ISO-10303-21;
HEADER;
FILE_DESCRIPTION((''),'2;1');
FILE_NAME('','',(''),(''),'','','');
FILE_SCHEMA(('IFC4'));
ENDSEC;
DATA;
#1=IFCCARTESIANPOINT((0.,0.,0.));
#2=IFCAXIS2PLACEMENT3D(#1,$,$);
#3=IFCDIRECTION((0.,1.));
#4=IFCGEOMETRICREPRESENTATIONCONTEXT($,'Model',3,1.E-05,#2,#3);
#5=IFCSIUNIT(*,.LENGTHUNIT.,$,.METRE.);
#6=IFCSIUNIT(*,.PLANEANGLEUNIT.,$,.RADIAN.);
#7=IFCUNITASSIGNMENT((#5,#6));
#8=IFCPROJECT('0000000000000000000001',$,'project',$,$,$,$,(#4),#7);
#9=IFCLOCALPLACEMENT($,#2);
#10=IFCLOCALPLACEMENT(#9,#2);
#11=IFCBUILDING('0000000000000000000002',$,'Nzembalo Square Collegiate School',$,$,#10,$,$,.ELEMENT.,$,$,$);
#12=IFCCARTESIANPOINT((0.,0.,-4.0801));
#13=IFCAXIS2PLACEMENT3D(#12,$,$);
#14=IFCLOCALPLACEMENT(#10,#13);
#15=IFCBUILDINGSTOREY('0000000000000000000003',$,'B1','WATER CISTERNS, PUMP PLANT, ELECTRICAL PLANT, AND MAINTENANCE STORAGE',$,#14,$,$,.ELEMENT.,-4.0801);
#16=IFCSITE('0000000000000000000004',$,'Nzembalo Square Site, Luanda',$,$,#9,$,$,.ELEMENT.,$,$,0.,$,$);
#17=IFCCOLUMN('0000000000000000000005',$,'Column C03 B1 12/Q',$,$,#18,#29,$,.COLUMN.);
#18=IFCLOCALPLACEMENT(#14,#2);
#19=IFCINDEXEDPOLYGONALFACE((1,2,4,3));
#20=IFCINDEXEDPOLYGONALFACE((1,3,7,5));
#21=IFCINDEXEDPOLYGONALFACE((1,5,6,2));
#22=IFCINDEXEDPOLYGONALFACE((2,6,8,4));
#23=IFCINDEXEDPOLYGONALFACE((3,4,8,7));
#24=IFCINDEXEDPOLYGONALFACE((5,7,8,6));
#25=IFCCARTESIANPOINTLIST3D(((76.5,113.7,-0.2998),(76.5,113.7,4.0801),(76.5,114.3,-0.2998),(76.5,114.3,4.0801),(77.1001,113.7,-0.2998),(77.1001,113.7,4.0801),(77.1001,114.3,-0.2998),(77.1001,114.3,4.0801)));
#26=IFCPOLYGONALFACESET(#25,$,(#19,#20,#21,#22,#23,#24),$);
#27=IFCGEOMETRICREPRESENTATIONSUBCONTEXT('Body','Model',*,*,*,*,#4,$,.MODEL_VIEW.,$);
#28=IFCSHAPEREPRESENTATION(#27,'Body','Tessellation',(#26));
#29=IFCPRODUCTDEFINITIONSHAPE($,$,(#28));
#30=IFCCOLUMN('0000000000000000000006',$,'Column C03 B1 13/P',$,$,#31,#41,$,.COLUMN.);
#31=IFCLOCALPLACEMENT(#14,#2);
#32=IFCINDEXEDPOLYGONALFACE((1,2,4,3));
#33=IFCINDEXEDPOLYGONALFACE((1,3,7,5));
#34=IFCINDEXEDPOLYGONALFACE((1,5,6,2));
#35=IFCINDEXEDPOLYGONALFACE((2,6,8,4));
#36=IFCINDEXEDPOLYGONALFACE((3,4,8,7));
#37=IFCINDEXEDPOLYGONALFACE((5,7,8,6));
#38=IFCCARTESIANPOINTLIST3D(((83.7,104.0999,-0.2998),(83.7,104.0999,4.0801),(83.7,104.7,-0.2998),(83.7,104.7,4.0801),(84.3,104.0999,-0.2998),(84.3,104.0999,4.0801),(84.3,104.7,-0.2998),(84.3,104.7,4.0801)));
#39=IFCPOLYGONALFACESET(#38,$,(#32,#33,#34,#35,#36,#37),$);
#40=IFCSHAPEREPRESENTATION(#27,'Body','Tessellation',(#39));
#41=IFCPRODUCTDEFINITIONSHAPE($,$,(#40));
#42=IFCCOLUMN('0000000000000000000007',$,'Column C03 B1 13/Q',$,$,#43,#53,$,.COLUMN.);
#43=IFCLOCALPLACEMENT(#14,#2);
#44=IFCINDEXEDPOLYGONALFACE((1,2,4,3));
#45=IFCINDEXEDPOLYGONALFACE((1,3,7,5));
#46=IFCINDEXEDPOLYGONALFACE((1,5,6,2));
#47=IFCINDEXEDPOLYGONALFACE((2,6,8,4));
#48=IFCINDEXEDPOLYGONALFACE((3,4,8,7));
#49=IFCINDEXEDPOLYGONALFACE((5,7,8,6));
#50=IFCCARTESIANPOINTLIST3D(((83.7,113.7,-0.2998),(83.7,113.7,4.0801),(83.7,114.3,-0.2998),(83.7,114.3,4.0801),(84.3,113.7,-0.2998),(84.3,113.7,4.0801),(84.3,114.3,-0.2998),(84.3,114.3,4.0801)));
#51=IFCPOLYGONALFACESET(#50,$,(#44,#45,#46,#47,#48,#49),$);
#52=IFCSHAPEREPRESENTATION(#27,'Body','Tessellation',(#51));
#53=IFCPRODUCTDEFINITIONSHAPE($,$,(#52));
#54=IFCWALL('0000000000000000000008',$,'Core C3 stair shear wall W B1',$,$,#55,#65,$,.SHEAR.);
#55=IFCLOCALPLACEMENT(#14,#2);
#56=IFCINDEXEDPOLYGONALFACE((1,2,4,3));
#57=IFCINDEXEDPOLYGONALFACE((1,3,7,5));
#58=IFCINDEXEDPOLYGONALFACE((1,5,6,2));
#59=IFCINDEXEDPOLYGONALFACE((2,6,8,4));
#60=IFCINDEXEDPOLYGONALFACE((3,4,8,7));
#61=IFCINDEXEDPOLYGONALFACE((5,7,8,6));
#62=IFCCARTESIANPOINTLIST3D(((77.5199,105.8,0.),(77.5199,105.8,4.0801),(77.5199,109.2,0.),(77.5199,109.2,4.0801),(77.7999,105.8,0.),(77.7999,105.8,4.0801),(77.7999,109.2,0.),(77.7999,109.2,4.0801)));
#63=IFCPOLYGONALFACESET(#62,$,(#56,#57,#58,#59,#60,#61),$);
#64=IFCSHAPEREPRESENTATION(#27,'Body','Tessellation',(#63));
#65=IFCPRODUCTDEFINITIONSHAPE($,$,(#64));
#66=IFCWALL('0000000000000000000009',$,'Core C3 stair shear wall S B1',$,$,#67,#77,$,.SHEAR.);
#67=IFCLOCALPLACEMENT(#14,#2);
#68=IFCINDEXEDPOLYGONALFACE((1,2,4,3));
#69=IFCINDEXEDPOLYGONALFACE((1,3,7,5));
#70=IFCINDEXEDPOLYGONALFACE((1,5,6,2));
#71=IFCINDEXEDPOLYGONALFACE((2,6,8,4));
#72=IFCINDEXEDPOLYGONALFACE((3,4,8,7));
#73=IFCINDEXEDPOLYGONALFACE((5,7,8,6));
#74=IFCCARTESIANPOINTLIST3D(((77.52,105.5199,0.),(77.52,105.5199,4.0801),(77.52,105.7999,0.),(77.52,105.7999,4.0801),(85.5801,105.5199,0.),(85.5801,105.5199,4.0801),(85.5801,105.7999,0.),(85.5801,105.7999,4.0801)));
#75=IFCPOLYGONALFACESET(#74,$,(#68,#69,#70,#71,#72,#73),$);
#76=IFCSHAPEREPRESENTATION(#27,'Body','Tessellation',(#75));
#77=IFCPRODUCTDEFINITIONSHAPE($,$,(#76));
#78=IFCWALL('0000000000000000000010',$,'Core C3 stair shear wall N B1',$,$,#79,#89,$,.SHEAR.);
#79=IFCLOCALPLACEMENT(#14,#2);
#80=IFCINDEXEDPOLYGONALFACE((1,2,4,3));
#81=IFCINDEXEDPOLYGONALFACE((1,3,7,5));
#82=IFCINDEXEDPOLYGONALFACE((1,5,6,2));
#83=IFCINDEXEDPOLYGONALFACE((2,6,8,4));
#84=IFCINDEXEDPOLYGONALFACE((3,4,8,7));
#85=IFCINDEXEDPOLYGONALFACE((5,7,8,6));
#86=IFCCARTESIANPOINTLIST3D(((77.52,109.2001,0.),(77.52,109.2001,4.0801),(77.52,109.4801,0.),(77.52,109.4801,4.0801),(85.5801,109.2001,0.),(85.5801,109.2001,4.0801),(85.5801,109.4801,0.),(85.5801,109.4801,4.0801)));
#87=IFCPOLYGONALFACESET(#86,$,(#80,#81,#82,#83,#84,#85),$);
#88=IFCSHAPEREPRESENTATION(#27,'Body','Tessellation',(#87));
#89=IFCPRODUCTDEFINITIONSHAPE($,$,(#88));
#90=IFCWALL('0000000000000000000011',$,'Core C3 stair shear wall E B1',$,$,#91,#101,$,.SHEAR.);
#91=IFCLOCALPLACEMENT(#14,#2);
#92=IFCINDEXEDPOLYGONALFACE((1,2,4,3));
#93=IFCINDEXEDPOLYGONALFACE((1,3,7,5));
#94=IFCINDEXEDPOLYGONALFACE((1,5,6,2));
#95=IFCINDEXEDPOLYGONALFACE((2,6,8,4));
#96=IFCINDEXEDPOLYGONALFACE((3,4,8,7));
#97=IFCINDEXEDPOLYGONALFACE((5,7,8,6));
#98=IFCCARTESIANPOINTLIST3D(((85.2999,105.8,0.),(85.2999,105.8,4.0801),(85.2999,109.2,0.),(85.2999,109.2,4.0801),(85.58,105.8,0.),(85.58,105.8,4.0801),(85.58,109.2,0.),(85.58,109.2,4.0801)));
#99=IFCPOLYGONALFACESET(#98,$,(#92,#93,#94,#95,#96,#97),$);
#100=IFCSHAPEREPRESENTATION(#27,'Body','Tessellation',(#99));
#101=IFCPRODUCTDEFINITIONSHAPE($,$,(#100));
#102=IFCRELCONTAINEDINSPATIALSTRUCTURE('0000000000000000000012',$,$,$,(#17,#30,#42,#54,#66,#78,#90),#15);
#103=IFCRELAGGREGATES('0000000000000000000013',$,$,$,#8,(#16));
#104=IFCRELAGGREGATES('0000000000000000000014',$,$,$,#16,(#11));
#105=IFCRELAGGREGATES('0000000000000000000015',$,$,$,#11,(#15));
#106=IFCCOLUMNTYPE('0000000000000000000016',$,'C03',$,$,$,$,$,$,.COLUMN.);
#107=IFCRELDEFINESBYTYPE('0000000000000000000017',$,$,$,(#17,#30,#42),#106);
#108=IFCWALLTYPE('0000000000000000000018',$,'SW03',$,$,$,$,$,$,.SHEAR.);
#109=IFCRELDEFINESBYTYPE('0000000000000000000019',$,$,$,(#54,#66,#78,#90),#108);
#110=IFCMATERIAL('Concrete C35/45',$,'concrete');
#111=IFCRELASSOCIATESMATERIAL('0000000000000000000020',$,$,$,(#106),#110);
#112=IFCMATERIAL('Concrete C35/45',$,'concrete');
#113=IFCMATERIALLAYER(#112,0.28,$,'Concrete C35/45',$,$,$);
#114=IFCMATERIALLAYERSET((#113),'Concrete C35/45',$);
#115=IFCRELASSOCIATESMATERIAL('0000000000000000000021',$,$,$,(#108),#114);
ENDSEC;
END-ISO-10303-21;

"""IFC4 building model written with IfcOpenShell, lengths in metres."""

from ifc_helpers import new_model, si_unit, direction, frame, frame_2d, origin, origin_2d, place, context, subcontext, project, spatial, rectangle, extrude, material, layer, layer_set, material_profile, profile_set, type_object, element, save


model = new_model("IFC4")

# Units and contexts
model_context = context("Model", 3, precision=1e-05, world=origin(), true_north=direction((0.0, 1.0)))
body_context = subcontext(model_context, "Body", "Model", "MODEL_VIEW")
ifc_project = project(units=[si_unit("LENGTHUNIT", "METRE"), si_unit("PLANEANGLEUNIT", "RADIAN")], contexts=[model_context])

# Site, building, storey
site_placement = place(None, origin())
site = spatial("IfcSite", under=ifc_project, at=site_placement, Name="Nzembalo Square Site, Luanda", CompositionType="ELEMENT", RefElevation=0.0)
building_placement = place(site_placement, origin())
building = spatial("IfcBuilding", under=site, at=building_placement, Name="Nzembalo Square Collegiate School", CompositionType="ELEMENT")
storey_placement = place(building_placement, frame((0.0, 0.0, -4.0801)))
storey = spatial("IfcBuildingStorey", under=building, at=storey_placement, Name="B1", Description="WATER CISTERNS, PUMP PLANT, ELECTRICAL PLANT, AND MAINTENANCE STORAGE", CompositionType="ELEMENT", Elevation=-4.0801)

# Columns
ifc_material_1 = material(Name="Concrete C35/45", Category="concrete")
ifc_material_profile_1 = material_profile(ifc_material_1, rectangle(XDim=0.6001, YDim=0.6001, at=origin_2d()), Name="RC 600x600")
ifc_profile_set_1 = profile_set([ifc_material_profile_1], Name="Concrete C35/45")
column_type = type_object("IfcColumnType", Name="C03", PredefinedType="COLUMN", material=ifc_profile_set_1)
for number, where, z_axis, x_axis, name in (
    (1, (76.8, 114.0, -0.2998), (0.0, 0.0, 1.0), (1.0, 0.0, 0.0), "Column C03 B1 12/Q"),
    (2, (84.0, 104.3999, -0.2998), (0.0, 0.0, 1.0), (1.0, 0.0, 0.0), "Column C03 B1 13/P"),
    (3, (84.0, 114.0, -0.2998), (0.0, 0.0, 1.0), (1.0, 0.0, 0.0), "Column C03 B1 13/Q"),
):
    element("IfcColumn", number, at=place(storey_placement, frame(where, z_axis=z_axis, x_axis=x_axis)), inside=storey, type_object=column_type, Name=name, PredefinedType="COLUMN", context=body_context, shape_type="SweptSolid", body=[
        extrude(rectangle(XDim=0.6001, YDim=0.6001, at=origin_2d()), origin(), (0.0, 0.0, 1.0), 4.3799),
    ])

# Walls
ifc_material_2 = material(Name="Concrete C35/45", Category="concrete")
ifc_layer = layer(ifc_material_2, 0.28, Name="Concrete C35/45")
ifc_layer_set = layer_set([ifc_layer], Name="Concrete C35/45")
wall_type = type_object("IfcWallType", Name="SW03", PredefinedType="SHEAR", material=ifc_layer_set)
wall_1_placement = place(storey_placement, frame((77.6599, 105.8, 0.0), z_axis=(0.0, 0.0, 1.0), x_axis=(0.0, 1.0, 0.0)))
element("IfcWall", 4, at=wall_1_placement, inside=storey, type_object=wall_type, Name="Core C3 stair shear wall W B1", PredefinedType="SHEAR", context=body_context, shape_type="SweptSolid", body=[
    extrude(rectangle(XDim=3.3999, YDim=0.28, at=frame_2d((1.7, 0.0))), origin(), (0.0, 0.0, 1.0), 4.0801),
])
for number, where, z_axis, x_axis, name in (
    (5, (77.52, 105.6599, 0.0), (0.0, 0.0, 1.0), (1.0, 0.0, 0.0), "Core C3 stair shear wall S B1"),
    (6, (77.52, 109.3401, 0.0), (0.0, 0.0, 1.0), (1.0, 0.0, 0.0), "Core C3 stair shear wall N B1"),
):
    element("IfcWall", number, at=place(storey_placement, frame(where, z_axis=z_axis, x_axis=x_axis)), inside=storey, type_object=wall_type, Name=name, PredefinedType="SHEAR", context=body_context, shape_type="SweptSolid", body=[
        extrude(rectangle(XDim=8.0601, YDim=0.28, at=frame_2d((4.03, 0.0))), origin(), (0.0, 0.0, 1.0), 4.0801),
    ])
wall_2_placement = place(storey_placement, frame((85.4399, 105.8, 0.0), z_axis=(0.0, 0.0, 1.0), x_axis=(0.0, 1.0, 0.0)))
element("IfcWall", 7, at=wall_2_placement, inside=storey, type_object=wall_type, Name="Core C3 stair shear wall E B1", PredefinedType="SHEAR", context=body_context, shape_type="SweptSolid", body=[
    extrude(rectangle(XDim=3.3999, YDim=0.28, at=frame_2d((1.7, 0.0))), origin(), (0.0, 0.0, 1.0), 4.0801),
])

save(model, "model.ifc")
